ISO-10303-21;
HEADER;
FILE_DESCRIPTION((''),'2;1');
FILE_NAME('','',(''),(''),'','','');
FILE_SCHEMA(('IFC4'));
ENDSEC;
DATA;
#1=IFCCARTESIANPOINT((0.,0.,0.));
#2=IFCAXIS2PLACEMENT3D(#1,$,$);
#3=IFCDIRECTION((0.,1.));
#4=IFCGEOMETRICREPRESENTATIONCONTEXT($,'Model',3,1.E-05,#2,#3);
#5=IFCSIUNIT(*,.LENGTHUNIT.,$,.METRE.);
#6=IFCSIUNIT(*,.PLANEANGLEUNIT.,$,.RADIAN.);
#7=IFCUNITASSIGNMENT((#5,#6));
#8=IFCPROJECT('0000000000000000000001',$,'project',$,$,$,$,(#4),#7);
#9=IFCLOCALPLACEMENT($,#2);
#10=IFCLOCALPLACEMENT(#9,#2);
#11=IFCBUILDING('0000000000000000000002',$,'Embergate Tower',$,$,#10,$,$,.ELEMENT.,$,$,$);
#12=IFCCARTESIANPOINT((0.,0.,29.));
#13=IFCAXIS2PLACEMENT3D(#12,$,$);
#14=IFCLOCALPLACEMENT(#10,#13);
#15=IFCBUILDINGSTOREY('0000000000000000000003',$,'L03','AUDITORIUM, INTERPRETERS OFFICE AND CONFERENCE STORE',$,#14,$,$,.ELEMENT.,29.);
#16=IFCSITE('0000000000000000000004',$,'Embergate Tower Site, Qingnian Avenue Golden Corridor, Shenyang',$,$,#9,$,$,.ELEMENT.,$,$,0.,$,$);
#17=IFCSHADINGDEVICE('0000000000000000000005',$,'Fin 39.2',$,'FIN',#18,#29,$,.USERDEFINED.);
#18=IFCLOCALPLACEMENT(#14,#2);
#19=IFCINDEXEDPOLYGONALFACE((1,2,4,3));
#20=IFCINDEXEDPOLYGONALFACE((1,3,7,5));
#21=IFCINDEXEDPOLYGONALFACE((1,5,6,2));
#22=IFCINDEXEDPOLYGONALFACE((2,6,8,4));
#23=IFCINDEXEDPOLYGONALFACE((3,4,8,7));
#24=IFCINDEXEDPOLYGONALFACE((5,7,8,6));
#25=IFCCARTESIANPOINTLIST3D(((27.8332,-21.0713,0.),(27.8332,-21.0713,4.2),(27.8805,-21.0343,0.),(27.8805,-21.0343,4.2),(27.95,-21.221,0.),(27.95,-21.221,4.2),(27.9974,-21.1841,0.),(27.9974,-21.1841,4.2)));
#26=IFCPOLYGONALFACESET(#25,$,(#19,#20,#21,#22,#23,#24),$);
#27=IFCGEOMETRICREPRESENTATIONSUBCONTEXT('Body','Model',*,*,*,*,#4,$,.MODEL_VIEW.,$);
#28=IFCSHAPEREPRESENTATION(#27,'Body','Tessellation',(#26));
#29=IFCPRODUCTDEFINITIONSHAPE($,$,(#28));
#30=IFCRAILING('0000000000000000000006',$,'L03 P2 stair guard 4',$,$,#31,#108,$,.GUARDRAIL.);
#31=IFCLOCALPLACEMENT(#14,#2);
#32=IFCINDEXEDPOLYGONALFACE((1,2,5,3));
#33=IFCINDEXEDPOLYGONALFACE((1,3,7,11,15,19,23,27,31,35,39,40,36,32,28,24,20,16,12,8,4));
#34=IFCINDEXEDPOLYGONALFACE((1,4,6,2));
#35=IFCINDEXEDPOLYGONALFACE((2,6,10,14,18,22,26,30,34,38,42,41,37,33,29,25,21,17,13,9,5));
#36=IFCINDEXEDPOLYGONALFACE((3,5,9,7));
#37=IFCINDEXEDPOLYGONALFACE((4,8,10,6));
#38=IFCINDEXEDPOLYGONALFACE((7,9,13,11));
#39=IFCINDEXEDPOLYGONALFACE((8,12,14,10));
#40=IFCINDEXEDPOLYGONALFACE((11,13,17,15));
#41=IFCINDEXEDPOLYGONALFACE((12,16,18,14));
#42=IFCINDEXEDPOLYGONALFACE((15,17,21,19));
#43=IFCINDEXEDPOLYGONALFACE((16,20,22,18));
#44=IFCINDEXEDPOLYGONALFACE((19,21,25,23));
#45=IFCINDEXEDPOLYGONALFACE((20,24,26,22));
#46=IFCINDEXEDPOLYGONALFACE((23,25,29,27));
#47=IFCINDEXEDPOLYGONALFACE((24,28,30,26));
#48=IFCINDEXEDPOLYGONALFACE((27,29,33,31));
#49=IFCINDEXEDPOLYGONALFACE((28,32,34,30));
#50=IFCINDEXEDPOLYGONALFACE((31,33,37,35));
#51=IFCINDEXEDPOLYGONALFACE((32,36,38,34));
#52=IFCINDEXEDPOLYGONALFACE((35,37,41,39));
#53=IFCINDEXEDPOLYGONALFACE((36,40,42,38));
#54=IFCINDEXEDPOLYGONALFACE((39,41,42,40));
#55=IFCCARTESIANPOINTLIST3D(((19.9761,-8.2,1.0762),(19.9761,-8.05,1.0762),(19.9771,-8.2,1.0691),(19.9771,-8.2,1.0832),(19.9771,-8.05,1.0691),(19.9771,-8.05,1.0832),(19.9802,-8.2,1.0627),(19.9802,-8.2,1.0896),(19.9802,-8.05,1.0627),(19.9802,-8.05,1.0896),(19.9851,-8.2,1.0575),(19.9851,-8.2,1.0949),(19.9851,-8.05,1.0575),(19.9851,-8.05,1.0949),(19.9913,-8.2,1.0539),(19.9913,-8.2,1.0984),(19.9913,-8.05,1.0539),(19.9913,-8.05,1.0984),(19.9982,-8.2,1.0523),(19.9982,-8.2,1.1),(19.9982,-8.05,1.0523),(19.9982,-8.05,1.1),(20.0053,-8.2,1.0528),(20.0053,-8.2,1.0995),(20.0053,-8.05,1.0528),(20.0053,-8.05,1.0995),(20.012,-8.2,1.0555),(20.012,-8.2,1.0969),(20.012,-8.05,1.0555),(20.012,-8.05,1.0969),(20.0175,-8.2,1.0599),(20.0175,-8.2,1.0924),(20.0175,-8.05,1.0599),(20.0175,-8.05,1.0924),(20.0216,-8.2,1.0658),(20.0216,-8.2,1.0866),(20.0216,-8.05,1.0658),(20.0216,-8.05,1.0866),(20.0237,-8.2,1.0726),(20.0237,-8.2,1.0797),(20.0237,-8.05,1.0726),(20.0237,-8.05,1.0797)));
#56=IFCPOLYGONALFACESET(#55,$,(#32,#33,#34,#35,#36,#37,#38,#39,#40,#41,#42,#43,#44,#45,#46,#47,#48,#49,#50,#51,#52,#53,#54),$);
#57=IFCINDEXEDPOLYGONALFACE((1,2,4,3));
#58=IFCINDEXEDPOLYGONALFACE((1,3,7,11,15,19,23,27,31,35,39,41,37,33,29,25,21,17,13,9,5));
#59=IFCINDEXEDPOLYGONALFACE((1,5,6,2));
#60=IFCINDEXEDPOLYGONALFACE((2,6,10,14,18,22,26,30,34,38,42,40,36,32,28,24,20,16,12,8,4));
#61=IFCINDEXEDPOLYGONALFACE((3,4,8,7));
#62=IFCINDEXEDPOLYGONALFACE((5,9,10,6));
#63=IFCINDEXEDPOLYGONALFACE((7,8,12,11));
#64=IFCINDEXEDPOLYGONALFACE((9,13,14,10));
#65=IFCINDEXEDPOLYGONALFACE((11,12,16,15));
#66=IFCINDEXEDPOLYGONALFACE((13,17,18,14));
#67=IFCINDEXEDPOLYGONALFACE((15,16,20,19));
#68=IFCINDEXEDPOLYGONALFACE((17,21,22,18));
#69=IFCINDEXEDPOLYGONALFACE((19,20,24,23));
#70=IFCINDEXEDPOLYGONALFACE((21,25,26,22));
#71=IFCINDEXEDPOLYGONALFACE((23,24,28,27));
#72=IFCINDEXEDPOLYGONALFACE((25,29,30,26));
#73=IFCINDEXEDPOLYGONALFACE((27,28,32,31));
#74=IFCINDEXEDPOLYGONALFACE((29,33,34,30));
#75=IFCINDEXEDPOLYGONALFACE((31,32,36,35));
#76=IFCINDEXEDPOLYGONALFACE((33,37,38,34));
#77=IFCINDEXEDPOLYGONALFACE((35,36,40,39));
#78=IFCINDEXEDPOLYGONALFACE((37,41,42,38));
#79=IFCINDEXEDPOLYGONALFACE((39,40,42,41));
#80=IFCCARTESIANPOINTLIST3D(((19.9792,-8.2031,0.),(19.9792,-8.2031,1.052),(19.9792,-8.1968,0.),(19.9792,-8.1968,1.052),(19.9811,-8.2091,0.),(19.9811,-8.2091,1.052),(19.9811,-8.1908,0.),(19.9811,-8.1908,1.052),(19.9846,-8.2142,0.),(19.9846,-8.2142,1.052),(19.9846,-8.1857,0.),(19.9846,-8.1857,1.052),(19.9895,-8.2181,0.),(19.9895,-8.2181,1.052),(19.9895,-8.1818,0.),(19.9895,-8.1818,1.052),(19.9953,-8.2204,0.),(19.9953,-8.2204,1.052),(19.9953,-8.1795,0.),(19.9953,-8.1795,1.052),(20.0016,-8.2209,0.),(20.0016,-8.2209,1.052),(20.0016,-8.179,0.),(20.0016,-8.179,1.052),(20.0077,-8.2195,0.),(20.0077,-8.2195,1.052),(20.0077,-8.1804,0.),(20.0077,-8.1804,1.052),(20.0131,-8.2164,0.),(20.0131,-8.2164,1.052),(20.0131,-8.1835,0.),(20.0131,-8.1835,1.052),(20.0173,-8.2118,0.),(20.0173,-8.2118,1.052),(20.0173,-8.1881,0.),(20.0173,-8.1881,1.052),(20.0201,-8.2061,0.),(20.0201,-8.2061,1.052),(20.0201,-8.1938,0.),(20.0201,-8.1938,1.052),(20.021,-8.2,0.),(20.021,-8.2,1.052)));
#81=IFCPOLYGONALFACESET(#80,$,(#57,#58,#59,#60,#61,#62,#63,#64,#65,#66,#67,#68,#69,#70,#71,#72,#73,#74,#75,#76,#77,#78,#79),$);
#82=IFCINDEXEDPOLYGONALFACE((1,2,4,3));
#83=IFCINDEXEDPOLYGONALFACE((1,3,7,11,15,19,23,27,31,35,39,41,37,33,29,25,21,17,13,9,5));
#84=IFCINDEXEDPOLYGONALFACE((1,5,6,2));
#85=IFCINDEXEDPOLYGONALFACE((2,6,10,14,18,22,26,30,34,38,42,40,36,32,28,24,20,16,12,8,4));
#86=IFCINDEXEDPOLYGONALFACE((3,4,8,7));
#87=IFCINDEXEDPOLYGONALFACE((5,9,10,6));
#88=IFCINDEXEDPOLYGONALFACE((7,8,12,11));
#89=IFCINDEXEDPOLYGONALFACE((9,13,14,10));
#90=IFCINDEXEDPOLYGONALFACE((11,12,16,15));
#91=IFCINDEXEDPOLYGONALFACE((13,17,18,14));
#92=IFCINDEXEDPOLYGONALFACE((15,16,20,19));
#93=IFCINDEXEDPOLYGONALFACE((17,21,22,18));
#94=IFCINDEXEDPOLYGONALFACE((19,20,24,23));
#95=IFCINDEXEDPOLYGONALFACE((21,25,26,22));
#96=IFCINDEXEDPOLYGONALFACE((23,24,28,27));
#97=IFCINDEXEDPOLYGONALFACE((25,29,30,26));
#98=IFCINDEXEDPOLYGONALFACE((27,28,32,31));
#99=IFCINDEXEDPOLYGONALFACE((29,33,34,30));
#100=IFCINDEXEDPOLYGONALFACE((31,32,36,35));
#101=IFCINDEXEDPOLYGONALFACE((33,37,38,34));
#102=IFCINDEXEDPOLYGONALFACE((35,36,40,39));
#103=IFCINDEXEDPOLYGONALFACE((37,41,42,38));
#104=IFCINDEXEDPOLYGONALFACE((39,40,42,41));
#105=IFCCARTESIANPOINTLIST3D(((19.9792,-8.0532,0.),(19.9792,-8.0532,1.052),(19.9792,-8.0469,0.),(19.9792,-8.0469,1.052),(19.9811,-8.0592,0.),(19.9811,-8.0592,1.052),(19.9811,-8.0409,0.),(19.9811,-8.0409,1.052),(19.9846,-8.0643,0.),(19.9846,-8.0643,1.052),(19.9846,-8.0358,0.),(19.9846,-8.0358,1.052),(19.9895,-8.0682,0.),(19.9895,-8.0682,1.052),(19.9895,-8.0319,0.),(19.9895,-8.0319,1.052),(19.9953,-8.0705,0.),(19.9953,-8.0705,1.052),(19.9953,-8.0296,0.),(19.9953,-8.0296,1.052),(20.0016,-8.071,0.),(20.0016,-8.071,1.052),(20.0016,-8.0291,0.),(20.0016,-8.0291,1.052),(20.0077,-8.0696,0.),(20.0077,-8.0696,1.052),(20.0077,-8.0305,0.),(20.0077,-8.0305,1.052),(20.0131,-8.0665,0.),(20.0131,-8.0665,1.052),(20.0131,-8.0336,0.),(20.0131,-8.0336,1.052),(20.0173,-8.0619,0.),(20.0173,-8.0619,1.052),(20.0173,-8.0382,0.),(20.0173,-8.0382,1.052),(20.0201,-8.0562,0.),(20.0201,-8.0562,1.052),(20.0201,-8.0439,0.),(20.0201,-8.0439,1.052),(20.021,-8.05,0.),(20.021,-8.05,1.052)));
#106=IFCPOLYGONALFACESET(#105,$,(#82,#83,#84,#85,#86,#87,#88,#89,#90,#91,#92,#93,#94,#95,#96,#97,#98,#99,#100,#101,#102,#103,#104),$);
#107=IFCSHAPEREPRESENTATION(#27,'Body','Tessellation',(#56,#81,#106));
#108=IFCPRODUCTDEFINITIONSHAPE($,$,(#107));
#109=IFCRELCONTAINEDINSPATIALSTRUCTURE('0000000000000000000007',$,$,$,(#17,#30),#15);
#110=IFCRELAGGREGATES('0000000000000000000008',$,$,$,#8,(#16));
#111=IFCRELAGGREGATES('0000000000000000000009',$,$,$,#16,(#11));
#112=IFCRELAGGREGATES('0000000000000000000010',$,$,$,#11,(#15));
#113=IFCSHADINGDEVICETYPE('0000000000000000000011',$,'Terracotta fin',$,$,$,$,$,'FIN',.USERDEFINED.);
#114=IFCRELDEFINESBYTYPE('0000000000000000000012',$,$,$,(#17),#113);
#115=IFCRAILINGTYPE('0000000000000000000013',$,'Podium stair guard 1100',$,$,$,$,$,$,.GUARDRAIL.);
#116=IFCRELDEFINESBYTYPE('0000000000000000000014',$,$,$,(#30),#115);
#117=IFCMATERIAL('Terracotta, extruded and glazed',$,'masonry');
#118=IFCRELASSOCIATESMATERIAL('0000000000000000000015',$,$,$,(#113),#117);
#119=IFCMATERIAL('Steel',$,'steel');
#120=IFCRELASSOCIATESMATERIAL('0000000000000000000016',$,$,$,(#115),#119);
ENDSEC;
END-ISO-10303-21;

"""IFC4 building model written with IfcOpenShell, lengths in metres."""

from ifc_helpers import new_model, si_unit, direction, frame, origin, origin_2d, place, context, subcontext, project, spatial, rectangle, circle, extrude, source, transform, mapped, material, material_profile, profile_set, type_object, element, save


model = new_model("IFC4")

# Units and contexts
model_context = context("Model", 3, precision=1e-05, world=origin(), true_north=direction((0.0, 1.0)))
body_context = subcontext(model_context, "Body", "Model", "MODEL_VIEW")
ifc_project = project(units=[si_unit("LENGTHUNIT", "METRE"), si_unit("PLANEANGLEUNIT", "RADIAN")], contexts=[model_context])

# Site, building, storey
site_placement = place(None, origin())
site = spatial("IfcSite", under=ifc_project, at=site_placement, Name="Embergate Tower Site, Qingnian Avenue Golden Corridor, Shenyang", CompositionType="ELEMENT", RefElevation=0.0)
building_placement = place(site_placement, origin())
building = spatial("IfcBuilding", under=site, at=building_placement, Name="Embergate Tower", CompositionType="ELEMENT")
storey_placement = place(building_placement, frame((0.0, 0.0, 29.0)))
storey = spatial("IfcBuildingStorey", under=building, at=storey_placement, Name="L03", Description="AUDITORIUM, INTERPRETERS OFFICE AND CONFERENCE STORE", CompositionType="ELEMENT", Elevation=29.0)

# Shading device
ifc_material_1 = material(Name="Terracotta, extruded and glazed", Category="masonry")
ifc_material_profile_1 = material_profile(ifc_material_1, rectangle(XDim=0.1899, YDim=0.0601, at=origin_2d()), Name="TC 190x60")
ifc_profile_set_1 = profile_set([ifc_material_profile_1], Name="Terracotta, extruded and glazed")
shading_device_type = type_object("IfcShadingDeviceType", Name="Terracotta fin", ElementType="FIN", PredefinedType="USERDEFINED", material=ifc_profile_set_1)
shared_shape_1 = source(origin(), body_context, "Body", "SweptSolid", [
    extrude(rectangle(XDim=0.1899, YDim=0.0601, at=origin_2d()), origin(), (0.0, 0.0, 1.0), 4.2),
])
for number, where, z_axis, x_axis, name in (
    (1, (27.9153, -21.1277, 0.0), (0.0, 0.0, 1.0), (-0.615275, 0.788313, 0.0), "Fin 39.2"),
):
    element("IfcShadingDevice", number, at=place(storey_placement, frame(where, z_axis=z_axis, x_axis=x_axis)), inside=storey, type_object=shading_device_type, Name=name, ObjectType="FIN", PredefinedType="USERDEFINED", context=body_context, shape_type="MappedRepresentation", body=[
        mapped(shared_shape_1, transform((0.0, 0.0, 0.0))),
    ])

# Railing
ifc_material_2 = material(Name="Steel", Category="steel")
railing_type = type_object("IfcRailingType", Name="Podium stair guard 1100", PredefinedType="GUARDRAIL", material=ifc_material_2)
shared_shape_2 = source(origin(), body_context, "Body", "SweptSolid", [
    extrude(circle(Radius=0.0239, at=origin_2d()), frame((0.0, 0.0, 1.0762), z_axis=(0.0, 1.0, 0.0), x_axis=(-1.0, 0.0, 0.0)), (0.0, 0.0, 1.0), 0.1499),
    extrude(circle(Radius=0.021, at=origin_2d()), origin(), (0.0, 0.0, 1.0), 1.052),
    extrude(circle(Radius=0.021, at=origin_2d()), frame((0.0, 0.1499, 0.0)), (0.0, 0.0, 1.0), 1.052),
])
railing_placement = place(storey_placement, frame((20.0, -8.2, 0.0)))
element("IfcRailing", 2, at=railing_placement, inside=storey, type_object=railing_type, Name="L03 P2 stair guard 4", PredefinedType="GUARDRAIL", context=body_context, shape_type="MappedRepresentation", body=[
    mapped(shared_shape_2, transform((0.0, 0.0, 0.0))),
])

save(model, "model.ifc")
